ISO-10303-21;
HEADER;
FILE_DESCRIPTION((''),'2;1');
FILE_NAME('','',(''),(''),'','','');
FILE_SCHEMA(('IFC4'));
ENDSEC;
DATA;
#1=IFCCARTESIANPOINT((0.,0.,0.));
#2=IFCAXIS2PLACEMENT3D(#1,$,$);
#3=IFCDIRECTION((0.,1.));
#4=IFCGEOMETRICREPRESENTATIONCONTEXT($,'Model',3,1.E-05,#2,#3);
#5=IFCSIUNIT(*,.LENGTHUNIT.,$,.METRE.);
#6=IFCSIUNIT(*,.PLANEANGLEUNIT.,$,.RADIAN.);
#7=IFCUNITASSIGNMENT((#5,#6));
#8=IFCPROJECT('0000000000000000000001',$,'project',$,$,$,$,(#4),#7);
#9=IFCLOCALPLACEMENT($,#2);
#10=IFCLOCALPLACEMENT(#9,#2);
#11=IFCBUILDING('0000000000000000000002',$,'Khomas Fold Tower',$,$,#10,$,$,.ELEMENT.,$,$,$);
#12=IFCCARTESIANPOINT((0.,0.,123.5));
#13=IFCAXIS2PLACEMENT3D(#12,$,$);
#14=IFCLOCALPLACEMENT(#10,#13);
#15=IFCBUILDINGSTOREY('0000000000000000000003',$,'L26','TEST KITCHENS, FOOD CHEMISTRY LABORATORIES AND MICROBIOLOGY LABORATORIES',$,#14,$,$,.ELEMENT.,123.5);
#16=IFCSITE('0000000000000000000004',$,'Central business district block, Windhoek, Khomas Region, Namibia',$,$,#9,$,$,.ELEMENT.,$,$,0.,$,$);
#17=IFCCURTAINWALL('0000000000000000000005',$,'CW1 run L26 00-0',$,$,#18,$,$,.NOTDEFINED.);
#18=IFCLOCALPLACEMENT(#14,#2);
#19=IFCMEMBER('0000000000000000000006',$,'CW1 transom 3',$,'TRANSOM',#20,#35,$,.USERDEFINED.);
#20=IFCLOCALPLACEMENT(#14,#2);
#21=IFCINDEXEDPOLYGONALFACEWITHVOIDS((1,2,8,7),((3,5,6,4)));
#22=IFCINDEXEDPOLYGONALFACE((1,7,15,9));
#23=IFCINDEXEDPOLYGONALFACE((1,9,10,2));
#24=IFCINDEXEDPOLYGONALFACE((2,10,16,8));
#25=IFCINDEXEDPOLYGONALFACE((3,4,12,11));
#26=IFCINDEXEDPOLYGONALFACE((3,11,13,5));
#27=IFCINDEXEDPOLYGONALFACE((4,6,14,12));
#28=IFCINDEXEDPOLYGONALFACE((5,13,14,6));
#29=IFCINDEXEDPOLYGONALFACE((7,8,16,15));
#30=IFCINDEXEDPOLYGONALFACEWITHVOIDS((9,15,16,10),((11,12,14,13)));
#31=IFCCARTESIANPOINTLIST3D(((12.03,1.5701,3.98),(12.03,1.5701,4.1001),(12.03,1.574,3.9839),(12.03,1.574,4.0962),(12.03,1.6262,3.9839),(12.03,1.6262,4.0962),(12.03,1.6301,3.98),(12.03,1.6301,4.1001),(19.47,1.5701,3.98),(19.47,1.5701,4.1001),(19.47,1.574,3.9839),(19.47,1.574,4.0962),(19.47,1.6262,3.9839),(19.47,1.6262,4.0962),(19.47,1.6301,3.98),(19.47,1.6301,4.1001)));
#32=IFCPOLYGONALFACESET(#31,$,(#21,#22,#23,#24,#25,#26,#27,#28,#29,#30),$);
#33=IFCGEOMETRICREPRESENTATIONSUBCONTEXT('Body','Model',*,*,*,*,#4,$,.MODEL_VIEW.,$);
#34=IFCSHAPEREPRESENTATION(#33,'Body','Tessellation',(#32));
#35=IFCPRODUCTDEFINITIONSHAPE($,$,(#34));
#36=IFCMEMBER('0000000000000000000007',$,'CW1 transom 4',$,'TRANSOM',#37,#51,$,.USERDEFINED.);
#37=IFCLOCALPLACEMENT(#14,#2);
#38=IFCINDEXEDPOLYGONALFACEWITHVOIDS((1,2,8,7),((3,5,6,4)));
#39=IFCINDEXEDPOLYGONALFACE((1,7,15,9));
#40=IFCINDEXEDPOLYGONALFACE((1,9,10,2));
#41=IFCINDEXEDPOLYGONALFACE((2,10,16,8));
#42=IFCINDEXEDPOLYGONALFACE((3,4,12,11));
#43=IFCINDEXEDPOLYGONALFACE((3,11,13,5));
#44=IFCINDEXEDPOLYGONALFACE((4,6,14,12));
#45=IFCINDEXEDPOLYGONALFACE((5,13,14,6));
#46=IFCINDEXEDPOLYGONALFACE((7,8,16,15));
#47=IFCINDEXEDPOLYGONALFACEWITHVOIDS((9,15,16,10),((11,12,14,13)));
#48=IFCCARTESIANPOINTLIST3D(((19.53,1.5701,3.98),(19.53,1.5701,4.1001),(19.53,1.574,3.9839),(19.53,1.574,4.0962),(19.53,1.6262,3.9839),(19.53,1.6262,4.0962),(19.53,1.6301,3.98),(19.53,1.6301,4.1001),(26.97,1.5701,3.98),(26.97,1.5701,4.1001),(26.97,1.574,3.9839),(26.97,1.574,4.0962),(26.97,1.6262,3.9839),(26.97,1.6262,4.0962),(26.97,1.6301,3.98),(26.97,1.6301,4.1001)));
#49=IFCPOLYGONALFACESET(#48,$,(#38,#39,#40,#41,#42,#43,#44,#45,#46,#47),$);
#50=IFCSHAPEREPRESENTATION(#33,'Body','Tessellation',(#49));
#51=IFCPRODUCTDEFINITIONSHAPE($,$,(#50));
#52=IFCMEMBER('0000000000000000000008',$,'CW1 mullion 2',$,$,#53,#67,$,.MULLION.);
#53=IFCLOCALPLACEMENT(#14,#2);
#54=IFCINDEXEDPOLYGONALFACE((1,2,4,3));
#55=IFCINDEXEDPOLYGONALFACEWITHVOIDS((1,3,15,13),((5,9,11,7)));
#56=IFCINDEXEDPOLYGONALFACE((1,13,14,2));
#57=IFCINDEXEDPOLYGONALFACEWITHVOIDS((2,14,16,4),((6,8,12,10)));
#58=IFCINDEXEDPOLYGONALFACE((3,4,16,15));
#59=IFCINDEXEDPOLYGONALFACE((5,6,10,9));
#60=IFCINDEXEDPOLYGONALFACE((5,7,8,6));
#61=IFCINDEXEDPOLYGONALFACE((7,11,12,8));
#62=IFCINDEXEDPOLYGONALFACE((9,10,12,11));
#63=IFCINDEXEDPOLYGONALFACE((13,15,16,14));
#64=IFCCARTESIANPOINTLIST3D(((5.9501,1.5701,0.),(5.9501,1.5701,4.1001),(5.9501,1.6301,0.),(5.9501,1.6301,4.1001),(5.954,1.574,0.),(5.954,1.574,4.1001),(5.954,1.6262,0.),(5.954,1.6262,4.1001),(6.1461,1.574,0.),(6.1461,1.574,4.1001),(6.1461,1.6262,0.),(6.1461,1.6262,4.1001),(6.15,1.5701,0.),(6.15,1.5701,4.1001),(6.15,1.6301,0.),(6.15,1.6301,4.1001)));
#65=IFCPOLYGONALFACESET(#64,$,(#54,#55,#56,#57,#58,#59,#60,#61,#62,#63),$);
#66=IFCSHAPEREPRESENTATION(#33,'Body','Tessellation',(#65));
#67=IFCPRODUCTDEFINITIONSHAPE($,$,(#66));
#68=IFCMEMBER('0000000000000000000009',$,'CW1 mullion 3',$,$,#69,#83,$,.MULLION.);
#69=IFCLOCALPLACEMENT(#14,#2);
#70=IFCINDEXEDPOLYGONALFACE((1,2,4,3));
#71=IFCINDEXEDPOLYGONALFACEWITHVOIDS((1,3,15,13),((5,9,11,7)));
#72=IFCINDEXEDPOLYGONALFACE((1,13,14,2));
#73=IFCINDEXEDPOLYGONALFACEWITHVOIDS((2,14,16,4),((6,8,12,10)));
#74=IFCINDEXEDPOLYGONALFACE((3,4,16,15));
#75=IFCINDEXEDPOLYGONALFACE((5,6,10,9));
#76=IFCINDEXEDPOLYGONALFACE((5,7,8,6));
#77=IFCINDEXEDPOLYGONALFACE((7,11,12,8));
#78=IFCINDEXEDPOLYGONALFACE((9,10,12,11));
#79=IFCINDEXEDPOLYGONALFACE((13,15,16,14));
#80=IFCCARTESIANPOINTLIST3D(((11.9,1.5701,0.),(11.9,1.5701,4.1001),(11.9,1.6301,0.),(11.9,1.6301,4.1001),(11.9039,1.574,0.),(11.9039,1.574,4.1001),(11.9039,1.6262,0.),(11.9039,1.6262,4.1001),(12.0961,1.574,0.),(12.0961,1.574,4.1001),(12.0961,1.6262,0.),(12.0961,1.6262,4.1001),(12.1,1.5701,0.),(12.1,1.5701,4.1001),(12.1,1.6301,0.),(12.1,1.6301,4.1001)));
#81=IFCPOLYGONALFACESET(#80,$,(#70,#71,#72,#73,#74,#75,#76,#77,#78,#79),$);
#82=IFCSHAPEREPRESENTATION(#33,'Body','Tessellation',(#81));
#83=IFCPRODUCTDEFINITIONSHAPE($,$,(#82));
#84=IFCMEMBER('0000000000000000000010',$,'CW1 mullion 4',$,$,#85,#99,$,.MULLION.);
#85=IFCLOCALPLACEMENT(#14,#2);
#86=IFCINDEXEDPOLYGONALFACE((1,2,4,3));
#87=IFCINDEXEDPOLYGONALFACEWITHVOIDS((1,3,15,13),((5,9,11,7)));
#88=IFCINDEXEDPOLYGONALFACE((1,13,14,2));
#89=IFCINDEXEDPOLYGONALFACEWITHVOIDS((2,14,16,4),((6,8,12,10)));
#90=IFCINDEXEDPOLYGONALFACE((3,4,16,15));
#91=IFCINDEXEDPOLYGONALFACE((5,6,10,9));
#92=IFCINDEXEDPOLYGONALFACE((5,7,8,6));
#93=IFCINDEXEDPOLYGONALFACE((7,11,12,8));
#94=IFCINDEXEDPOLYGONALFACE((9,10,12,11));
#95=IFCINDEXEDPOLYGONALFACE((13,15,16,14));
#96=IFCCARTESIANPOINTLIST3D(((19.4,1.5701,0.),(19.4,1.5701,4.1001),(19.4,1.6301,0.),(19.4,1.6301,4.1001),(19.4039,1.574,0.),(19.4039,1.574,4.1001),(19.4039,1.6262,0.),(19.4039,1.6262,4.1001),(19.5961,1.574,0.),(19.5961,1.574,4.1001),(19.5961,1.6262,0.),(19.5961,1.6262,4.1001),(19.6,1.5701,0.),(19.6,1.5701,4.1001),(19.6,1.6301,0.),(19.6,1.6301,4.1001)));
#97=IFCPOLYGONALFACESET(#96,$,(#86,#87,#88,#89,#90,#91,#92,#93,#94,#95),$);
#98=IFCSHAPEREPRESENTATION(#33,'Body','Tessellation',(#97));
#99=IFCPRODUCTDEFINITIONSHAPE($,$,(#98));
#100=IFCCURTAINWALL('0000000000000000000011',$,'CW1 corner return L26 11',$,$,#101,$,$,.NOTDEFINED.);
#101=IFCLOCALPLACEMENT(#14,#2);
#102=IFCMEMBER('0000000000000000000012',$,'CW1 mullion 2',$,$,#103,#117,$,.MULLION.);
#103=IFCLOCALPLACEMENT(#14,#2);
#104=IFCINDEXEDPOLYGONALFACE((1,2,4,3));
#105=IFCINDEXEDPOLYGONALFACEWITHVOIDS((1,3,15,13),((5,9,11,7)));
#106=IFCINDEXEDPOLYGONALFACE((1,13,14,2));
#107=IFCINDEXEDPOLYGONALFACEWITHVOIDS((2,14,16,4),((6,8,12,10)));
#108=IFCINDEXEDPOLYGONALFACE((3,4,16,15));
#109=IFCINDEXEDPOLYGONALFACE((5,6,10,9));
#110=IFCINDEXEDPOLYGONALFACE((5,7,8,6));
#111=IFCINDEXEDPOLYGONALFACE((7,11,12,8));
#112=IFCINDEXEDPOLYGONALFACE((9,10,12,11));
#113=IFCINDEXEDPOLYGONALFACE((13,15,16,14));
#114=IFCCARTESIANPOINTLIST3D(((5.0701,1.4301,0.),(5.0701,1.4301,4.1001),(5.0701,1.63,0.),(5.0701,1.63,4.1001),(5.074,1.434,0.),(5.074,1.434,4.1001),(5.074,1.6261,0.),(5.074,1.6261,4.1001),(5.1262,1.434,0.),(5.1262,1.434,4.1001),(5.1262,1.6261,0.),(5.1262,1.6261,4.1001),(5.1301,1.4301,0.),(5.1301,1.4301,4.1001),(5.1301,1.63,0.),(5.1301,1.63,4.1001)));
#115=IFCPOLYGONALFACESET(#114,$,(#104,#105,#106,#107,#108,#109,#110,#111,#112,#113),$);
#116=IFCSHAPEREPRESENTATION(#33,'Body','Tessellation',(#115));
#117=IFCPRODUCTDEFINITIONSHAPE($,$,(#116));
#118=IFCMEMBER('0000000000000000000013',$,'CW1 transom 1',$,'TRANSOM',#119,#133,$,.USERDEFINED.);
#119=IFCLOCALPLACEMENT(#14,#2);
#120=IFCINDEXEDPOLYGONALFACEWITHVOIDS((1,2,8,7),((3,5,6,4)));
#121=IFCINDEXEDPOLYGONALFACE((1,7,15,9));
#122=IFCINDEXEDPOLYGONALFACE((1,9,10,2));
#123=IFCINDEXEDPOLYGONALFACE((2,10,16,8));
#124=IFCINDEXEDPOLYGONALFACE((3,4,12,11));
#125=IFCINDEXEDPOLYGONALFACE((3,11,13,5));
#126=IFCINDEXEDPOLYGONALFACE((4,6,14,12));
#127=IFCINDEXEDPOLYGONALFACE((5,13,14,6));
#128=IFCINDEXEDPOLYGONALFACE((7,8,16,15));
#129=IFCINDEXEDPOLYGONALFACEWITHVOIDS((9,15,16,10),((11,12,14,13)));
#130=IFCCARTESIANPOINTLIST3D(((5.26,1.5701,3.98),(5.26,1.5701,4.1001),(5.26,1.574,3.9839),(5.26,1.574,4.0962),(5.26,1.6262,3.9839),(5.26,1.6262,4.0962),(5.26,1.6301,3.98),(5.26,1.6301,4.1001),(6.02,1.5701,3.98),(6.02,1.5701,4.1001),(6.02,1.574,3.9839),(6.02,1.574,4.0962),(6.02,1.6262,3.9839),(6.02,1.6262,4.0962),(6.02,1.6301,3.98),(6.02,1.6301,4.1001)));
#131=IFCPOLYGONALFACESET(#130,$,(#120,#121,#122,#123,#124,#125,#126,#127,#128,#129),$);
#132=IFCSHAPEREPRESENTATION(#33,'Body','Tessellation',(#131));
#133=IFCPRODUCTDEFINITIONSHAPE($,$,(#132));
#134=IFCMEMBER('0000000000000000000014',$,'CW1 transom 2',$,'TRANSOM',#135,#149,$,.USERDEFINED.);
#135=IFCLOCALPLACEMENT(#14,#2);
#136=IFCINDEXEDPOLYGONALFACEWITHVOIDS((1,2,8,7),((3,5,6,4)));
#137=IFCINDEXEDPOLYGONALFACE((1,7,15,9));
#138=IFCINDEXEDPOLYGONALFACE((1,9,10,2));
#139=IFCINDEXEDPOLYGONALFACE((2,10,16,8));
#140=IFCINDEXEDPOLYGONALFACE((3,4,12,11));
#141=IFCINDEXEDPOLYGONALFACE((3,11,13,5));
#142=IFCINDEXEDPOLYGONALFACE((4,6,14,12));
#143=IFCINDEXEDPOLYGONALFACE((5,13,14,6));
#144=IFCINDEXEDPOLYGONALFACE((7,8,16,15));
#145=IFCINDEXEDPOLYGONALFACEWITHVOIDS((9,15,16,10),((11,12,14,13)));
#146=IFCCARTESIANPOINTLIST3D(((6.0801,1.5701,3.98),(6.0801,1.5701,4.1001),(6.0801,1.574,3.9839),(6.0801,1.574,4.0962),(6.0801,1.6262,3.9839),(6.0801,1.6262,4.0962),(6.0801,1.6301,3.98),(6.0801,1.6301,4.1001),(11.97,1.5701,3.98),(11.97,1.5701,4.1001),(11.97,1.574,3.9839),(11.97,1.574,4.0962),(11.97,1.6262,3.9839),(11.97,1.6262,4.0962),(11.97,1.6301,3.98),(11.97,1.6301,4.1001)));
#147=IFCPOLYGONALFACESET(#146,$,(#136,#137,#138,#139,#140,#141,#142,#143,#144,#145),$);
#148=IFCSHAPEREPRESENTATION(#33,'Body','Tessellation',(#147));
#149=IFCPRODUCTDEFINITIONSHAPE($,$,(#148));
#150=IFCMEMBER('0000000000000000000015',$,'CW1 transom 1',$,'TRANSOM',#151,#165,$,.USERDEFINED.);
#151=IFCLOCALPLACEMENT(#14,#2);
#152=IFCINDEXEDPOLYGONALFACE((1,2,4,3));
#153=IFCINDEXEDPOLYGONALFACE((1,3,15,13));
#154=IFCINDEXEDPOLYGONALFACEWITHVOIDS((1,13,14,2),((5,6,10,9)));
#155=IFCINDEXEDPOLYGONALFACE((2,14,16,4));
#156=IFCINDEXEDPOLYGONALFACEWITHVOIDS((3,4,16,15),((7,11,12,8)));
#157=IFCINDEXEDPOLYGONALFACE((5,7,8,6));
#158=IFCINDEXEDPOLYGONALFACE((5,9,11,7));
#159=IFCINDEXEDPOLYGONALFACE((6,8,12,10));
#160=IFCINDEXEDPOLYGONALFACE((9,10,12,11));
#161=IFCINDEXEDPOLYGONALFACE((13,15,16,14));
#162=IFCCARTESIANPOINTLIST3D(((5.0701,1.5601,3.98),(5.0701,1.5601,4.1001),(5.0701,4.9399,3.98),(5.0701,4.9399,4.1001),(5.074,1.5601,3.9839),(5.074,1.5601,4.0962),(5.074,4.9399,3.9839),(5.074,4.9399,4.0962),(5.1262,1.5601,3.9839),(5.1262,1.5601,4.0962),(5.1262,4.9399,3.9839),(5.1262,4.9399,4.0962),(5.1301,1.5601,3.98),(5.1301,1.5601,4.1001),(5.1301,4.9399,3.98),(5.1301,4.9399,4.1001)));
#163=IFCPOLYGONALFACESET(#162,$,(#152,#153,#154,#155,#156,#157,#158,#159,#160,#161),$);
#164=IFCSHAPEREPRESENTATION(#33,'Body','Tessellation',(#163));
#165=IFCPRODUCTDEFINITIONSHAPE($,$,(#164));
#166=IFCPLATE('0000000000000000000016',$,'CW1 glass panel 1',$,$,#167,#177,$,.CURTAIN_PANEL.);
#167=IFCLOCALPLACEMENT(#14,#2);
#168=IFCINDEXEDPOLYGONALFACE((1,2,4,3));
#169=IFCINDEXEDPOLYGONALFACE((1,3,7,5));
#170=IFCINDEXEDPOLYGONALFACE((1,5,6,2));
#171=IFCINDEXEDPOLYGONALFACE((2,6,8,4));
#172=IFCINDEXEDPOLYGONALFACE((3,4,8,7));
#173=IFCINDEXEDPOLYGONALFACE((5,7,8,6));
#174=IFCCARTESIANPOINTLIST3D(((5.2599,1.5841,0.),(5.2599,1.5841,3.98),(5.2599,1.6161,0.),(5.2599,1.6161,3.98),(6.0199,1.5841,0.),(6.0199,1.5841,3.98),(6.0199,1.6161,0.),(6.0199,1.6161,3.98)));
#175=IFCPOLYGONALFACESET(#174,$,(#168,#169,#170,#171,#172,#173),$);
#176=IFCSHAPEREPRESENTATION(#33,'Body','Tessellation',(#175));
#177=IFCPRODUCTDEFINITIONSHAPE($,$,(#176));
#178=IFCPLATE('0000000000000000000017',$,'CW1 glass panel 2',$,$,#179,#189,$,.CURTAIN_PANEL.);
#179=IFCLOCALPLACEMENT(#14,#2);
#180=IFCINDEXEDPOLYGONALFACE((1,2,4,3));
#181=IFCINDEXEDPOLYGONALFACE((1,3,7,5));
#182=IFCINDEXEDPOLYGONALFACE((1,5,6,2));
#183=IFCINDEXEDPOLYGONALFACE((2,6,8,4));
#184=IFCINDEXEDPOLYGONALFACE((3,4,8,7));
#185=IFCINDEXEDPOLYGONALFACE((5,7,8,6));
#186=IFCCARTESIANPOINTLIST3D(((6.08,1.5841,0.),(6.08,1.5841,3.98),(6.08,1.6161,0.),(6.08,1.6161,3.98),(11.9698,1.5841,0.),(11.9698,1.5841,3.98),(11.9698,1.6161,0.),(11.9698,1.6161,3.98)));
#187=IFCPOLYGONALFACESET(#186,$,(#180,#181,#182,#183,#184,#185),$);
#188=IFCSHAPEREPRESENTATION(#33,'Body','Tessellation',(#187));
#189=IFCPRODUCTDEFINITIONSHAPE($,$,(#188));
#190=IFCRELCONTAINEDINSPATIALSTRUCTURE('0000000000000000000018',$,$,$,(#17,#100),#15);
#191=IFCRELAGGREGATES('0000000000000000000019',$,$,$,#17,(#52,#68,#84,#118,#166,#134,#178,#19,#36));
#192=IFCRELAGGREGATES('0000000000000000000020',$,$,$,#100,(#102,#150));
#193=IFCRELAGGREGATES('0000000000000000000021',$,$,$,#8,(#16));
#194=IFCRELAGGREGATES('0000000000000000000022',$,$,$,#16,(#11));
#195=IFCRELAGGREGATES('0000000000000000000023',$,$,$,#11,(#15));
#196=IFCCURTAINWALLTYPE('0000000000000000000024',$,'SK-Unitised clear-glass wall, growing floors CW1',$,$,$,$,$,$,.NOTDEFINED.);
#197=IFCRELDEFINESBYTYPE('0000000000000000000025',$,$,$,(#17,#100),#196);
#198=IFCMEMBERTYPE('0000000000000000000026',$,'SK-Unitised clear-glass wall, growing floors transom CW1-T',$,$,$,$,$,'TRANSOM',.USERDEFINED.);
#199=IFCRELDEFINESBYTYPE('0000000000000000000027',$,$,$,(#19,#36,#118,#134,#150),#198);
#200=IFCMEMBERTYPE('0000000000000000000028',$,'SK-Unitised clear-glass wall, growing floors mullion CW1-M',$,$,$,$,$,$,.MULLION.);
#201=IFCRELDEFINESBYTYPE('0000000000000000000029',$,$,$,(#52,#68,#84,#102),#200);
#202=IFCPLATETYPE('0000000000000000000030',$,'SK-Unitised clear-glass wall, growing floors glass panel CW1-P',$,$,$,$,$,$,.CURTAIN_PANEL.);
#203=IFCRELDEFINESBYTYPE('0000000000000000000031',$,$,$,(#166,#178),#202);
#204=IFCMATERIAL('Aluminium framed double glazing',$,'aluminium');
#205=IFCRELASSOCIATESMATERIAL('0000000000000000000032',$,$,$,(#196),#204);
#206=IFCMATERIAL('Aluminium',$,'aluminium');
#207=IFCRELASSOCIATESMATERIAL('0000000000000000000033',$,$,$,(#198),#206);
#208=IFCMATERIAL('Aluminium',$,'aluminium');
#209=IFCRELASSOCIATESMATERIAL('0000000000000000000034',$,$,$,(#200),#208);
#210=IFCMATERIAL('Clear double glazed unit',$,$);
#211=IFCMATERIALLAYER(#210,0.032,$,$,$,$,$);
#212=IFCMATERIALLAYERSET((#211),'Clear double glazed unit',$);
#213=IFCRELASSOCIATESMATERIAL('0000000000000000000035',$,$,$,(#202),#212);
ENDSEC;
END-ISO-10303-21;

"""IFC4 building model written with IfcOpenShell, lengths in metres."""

from ifc_helpers import new_model, si_unit, direction, frame, origin, origin_2d, place, context, subcontext, project, spatial, rectangle, hollow_rectangle, extrude, source, transform, mapped, material, layer, layer_set, material_profile, profile_set, type_object, element, aggregate, save


model = new_model("IFC4")

# Units and contexts
model_context = context("Model", 3, precision=1e-05, world=origin(), true_north=direction((0.0, 1.0)))
body_context = subcontext(model_context, "Body", "Model", "MODEL_VIEW")
ifc_project = project(units=[si_unit("LENGTHUNIT", "METRE"), si_unit("PLANEANGLEUNIT", "RADIAN")], contexts=[model_context])

# Site, building, storey
site_placement = place(None, origin())
site = spatial("IfcSite", under=ifc_project, at=site_placement, Name="Central business district block, Windhoek, Khomas Region, Namibia", CompositionType="ELEMENT", RefElevation=0.0)
building_placement = place(site_placement, origin())
building = spatial("IfcBuilding", under=site, at=building_placement, Name="Khomas Fold Tower", CompositionType="ELEMENT")
storey_placement = place(building_placement, frame((0.0, 0.0, 123.5)))
storey = spatial("IfcBuildingStorey", under=building, at=storey_placement, Name="L26", Description="TEST KITCHENS, FOOD CHEMISTRY LABORATORIES AND MICROBIOLOGY LABORATORIES", CompositionType="ELEMENT", Elevation=123.5)

# Curtain wall, members
ifc_material_1 = material(Name="Aluminium framed double glazing", Category="aluminium")
curtain_wall_type = type_object("IfcCurtainWallType", Name="SK-Unitised clear-glass wall, growing floors CW1", PredefinedType="NOTDEFINED", material=ifc_material_1)
curtain_wall_1_placement = place(storey_placement, origin())
curtain_wall_1 = element("IfcCurtainWall", 1, at=curtain_wall_1_placement, inside=storey, type_object=curtain_wall_type, Name="CW1 run L26 00-0", PredefinedType="NOTDEFINED")
ifc_material_2 = material(Name="Aluminium", Category="aluminium")
ifc_material_profile_1 = material_profile(ifc_material_2, hollow_rectangle(XDim=0.0601, YDim=0.1201, WallThickness=0.0039, at=origin_2d()), Name="SK-Unitised clear-glass wall, growing floors transom CW1-T")
ifc_profile_set_1 = profile_set([ifc_material_profile_1], Name="Aluminium")
member_type_1 = type_object("IfcMemberType", Name="SK-Unitised clear-glass wall, growing floors transom CW1-T", ElementType="TRANSOM", PredefinedType="USERDEFINED", material=ifc_profile_set_1)
shared_shape_1 = source(origin(), body_context, "Body", "SweptSolid", [
    extrude(hollow_rectangle(XDim=0.0601, YDim=0.1201, WallThickness=0.0039, at=origin_2d()), origin(), (0.0, 0.0, 1.0), 7.4399),
])
member_1_placement = place(storey_placement, frame((12.03, 1.6001, 4.04), z_axis=(1.0, 0.0, 0.0), x_axis=(0.0, 1.0, 0.0)))
member_1 = element("IfcMember", 2, at=member_1_placement, type_object=member_type_1, Name="CW1 transom 3", ObjectType="TRANSOM", PredefinedType="USERDEFINED", context=body_context, shape_type="MappedRepresentation", body=[
    mapped(shared_shape_1, transform((0.0, 0.0, 0.0))),
])
member_2_placement = place(storey_placement, frame((19.53, 1.6001, 4.04), z_axis=(1.0, 0.0, 0.0), x_axis=(0.0, 1.0, 0.0)))
member_2 = element("IfcMember", 3, at=member_2_placement, type_object=member_type_1, Name="CW1 transom 4", ObjectType="TRANSOM", PredefinedType="USERDEFINED", context=body_context, shape_type="MappedRepresentation", body=[
    mapped(shared_shape_1, transform((0.0, 0.0, 0.0))),
])
ifc_material_3 = material(Name="Aluminium", Category="aluminium")
ifc_material_profile_2 = material_profile(ifc_material_3, hollow_rectangle(XDim=0.0601, YDim=0.2, WallThickness=0.0039, at=origin_2d()), Name="SK-Unitised clear-glass wall, growing floors mullion CW1-M")
ifc_profile_set_2 = profile_set([ifc_material_profile_2], Name="Aluminium")
member_type_2 = type_object("IfcMemberType", Name="SK-Unitised clear-glass wall, growing floors mullion CW1-M", PredefinedType="MULLION", material=ifc_profile_set_2)
shared_shape_2 = source(origin(), body_context, "Body", "SweptSolid", [
    extrude(hollow_rectangle(XDim=0.0601, YDim=0.2, WallThickness=0.0039, at=origin_2d()), origin(), (0.0, 0.0, 1.0), 4.1001),
])
member_3_placement = place(storey_placement, frame((6.05, 1.6001, 0.0), z_axis=(0.0, 0.0, 1.0), x_axis=(0.0, 1.0, 0.0)))
member_3 = element("IfcMember", 4, at=member_3_placement, type_object=member_type_2, Name="CW1 mullion 2", PredefinedType="MULLION", context=body_context, shape_type="MappedRepresentation", body=[
    mapped(shared_shape_2, transform((0.0, 0.0, 0.0))),
])
member_4_placement = place(storey_placement, frame((12.0, 1.6001, 0.0), z_axis=(0.0, 0.0, 1.0), x_axis=(0.0, 1.0, 0.0)))
member_4 = element("IfcMember", 5, at=member_4_placement, type_object=member_type_2, Name="CW1 mullion 3", PredefinedType="MULLION", context=body_context, shape_type="MappedRepresentation", body=[
    mapped(shared_shape_2, transform((0.0, 0.0, 0.0))),
])
member_5_placement = place(storey_placement, frame((19.5, 1.6001, 0.0), z_axis=(0.0, 0.0, 1.0), x_axis=(0.0, 1.0, 0.0)))
member_5 = element("IfcMember", 6, at=member_5_placement, type_object=member_type_2, Name="CW1 mullion 4", PredefinedType="MULLION", context=body_context, shape_type="MappedRepresentation", body=[
    mapped(shared_shape_2, transform((0.0, 0.0, 0.0))),
])

# Curtain wall, member
curtain_wall_2_placement = place(storey_placement, origin())
curtain_wall_2 = element("IfcCurtainWall", 7, at=curtain_wall_2_placement, inside=storey, type_object=curtain_wall_type, Name="CW1 corner return L26 11", PredefinedType="NOTDEFINED")
member_6_placement = place(storey_placement, frame((5.1001, 1.53, 0.0), z_axis=(0.0, 0.0, 1.0), x_axis=(1.0, 0.0, 0.0)))
member_6 = element("IfcMember", 8, at=member_6_placement, type_object=member_type_2, Name="CW1 mullion 2", PredefinedType="MULLION", context=body_context, shape_type="MappedRepresentation", body=[
    mapped(shared_shape_2, transform((0.0, 0.0, 0.0))),
])

# Members
shared_shape_3 = source(origin(), body_context, "Body", "SweptSolid", [
    extrude(hollow_rectangle(XDim=0.0601, YDim=0.1201, WallThickness=0.0039, at=origin_2d()), origin(), (0.0, 0.0, 1.0), 0.76),
])
member_7_placement = place(storey_placement, frame((5.26, 1.6001, 4.04), z_axis=(1.0, 0.0, 0.0), x_axis=(0.0, 1.0, 0.0)))
member_7 = element("IfcMember", 9, at=member_7_placement, type_object=member_type_1, Name="CW1 transom 1", ObjectType="TRANSOM", PredefinedType="USERDEFINED", context=body_context, shape_type="MappedRepresentation", body=[
    mapped(shared_shape_3, transform((0.0, 0.0, 0.0))),
])
shared_shape_4 = source(origin(), body_context, "Body", "SweptSolid", [
    extrude(hollow_rectangle(XDim=0.0601, YDim=0.1201, WallThickness=0.0039, at=origin_2d()), origin(), (0.0, 0.0, 1.0), 5.8899),
])
member_8_placement = place(storey_placement, frame((6.0801, 1.6001, 4.04), z_axis=(1.0, 0.0, 0.0), x_axis=(0.0, 1.0, 0.0)))
member_8 = element("IfcMember", 10, at=member_8_placement, type_object=member_type_1, Name="CW1 transom 2", ObjectType="TRANSOM", PredefinedType="USERDEFINED", context=body_context, shape_type="MappedRepresentation", body=[
    mapped(shared_shape_4, transform((0.0, 0.0, 0.0))),
])
shared_shape_5 = source(origin(), body_context, "Body", "SweptSolid", [
    extrude(hollow_rectangle(XDim=0.0601, YDim=0.1201, WallThickness=0.0039, at=origin_2d()), origin(), (0.0, 0.0, 1.0), 3.3799),
])
member_9_placement = place(storey_placement, frame((5.1001, 4.9399, 4.04), z_axis=(0.0, -1.0, 0.0), x_axis=(1.0, 0.0, 0.0)))
member_9 = element("IfcMember", 11, at=member_9_placement, type_object=member_type_1, Name="CW1 transom 1", ObjectType="TRANSOM", PredefinedType="USERDEFINED", context=body_context, shape_type="MappedRepresentation", body=[
    mapped(shared_shape_5, transform((0.0, 0.0, 0.0))),
])

# Plates
ifc_material_4 = material(Name="Clear double glazed unit")
ifc_layer_1 = layer(ifc_material_4, 0.032)
ifc_layer_set_1 = layer_set([ifc_layer_1], Name="Clear double glazed unit")
plate_type = type_object("IfcPlateType", Name="SK-Unitised clear-glass wall, growing floors glass panel CW1-P", PredefinedType="CURTAIN_PANEL", material=ifc_layer_set_1)
shared_shape_6 = source(origin(), body_context, "Body", "SweptSolid", [
    extrude(rectangle(XDim=0.76, YDim=0.032, at=origin_2d()), origin(), (0.0, 0.0, 1.0), 3.98),
])
plate_1_placement = place(storey_placement, frame((5.6399, 1.6001, 0.0), z_axis=(0.0, 0.0, 1.0), x_axis=(1.0, 0.0, 0.0)))
plate_1 = element("IfcPlate", 12, at=plate_1_placement, type_object=plate_type, Name="CW1 glass panel 1", PredefinedType="CURTAIN_PANEL", context=body_context, shape_type="MappedRepresentation", body=[
    mapped(shared_shape_6, transform((0.0, 0.0, 0.0))),
])
shared_shape_7 = source(origin(), body_context, "Body", "SweptSolid", [
    extrude(rectangle(XDim=5.8899, YDim=0.032, at=origin_2d()), origin(), (0.0, 0.0, 1.0), 3.98),
])
plate_2_placement = place(storey_placement, frame((9.0249, 1.6001, 0.0), z_axis=(0.0, 0.0, 1.0), x_axis=(1.0, 0.0, 0.0)))
plate_2 = element("IfcPlate", 13, at=plate_2_placement, type_object=plate_type, Name="CW1 glass panel 2", PredefinedType="CURTAIN_PANEL", context=body_context, shape_type="MappedRepresentation", body=[
    mapped(shared_shape_7, transform((0.0, 0.0, 0.0))),
])
aggregate(curtain_wall_1, [member_3, member_4, member_5, member_7, plate_1, member_8, plate_2, member_1, member_2])
aggregate(curtain_wall_2, [member_6, member_9])

save(model, "model.ifc")
